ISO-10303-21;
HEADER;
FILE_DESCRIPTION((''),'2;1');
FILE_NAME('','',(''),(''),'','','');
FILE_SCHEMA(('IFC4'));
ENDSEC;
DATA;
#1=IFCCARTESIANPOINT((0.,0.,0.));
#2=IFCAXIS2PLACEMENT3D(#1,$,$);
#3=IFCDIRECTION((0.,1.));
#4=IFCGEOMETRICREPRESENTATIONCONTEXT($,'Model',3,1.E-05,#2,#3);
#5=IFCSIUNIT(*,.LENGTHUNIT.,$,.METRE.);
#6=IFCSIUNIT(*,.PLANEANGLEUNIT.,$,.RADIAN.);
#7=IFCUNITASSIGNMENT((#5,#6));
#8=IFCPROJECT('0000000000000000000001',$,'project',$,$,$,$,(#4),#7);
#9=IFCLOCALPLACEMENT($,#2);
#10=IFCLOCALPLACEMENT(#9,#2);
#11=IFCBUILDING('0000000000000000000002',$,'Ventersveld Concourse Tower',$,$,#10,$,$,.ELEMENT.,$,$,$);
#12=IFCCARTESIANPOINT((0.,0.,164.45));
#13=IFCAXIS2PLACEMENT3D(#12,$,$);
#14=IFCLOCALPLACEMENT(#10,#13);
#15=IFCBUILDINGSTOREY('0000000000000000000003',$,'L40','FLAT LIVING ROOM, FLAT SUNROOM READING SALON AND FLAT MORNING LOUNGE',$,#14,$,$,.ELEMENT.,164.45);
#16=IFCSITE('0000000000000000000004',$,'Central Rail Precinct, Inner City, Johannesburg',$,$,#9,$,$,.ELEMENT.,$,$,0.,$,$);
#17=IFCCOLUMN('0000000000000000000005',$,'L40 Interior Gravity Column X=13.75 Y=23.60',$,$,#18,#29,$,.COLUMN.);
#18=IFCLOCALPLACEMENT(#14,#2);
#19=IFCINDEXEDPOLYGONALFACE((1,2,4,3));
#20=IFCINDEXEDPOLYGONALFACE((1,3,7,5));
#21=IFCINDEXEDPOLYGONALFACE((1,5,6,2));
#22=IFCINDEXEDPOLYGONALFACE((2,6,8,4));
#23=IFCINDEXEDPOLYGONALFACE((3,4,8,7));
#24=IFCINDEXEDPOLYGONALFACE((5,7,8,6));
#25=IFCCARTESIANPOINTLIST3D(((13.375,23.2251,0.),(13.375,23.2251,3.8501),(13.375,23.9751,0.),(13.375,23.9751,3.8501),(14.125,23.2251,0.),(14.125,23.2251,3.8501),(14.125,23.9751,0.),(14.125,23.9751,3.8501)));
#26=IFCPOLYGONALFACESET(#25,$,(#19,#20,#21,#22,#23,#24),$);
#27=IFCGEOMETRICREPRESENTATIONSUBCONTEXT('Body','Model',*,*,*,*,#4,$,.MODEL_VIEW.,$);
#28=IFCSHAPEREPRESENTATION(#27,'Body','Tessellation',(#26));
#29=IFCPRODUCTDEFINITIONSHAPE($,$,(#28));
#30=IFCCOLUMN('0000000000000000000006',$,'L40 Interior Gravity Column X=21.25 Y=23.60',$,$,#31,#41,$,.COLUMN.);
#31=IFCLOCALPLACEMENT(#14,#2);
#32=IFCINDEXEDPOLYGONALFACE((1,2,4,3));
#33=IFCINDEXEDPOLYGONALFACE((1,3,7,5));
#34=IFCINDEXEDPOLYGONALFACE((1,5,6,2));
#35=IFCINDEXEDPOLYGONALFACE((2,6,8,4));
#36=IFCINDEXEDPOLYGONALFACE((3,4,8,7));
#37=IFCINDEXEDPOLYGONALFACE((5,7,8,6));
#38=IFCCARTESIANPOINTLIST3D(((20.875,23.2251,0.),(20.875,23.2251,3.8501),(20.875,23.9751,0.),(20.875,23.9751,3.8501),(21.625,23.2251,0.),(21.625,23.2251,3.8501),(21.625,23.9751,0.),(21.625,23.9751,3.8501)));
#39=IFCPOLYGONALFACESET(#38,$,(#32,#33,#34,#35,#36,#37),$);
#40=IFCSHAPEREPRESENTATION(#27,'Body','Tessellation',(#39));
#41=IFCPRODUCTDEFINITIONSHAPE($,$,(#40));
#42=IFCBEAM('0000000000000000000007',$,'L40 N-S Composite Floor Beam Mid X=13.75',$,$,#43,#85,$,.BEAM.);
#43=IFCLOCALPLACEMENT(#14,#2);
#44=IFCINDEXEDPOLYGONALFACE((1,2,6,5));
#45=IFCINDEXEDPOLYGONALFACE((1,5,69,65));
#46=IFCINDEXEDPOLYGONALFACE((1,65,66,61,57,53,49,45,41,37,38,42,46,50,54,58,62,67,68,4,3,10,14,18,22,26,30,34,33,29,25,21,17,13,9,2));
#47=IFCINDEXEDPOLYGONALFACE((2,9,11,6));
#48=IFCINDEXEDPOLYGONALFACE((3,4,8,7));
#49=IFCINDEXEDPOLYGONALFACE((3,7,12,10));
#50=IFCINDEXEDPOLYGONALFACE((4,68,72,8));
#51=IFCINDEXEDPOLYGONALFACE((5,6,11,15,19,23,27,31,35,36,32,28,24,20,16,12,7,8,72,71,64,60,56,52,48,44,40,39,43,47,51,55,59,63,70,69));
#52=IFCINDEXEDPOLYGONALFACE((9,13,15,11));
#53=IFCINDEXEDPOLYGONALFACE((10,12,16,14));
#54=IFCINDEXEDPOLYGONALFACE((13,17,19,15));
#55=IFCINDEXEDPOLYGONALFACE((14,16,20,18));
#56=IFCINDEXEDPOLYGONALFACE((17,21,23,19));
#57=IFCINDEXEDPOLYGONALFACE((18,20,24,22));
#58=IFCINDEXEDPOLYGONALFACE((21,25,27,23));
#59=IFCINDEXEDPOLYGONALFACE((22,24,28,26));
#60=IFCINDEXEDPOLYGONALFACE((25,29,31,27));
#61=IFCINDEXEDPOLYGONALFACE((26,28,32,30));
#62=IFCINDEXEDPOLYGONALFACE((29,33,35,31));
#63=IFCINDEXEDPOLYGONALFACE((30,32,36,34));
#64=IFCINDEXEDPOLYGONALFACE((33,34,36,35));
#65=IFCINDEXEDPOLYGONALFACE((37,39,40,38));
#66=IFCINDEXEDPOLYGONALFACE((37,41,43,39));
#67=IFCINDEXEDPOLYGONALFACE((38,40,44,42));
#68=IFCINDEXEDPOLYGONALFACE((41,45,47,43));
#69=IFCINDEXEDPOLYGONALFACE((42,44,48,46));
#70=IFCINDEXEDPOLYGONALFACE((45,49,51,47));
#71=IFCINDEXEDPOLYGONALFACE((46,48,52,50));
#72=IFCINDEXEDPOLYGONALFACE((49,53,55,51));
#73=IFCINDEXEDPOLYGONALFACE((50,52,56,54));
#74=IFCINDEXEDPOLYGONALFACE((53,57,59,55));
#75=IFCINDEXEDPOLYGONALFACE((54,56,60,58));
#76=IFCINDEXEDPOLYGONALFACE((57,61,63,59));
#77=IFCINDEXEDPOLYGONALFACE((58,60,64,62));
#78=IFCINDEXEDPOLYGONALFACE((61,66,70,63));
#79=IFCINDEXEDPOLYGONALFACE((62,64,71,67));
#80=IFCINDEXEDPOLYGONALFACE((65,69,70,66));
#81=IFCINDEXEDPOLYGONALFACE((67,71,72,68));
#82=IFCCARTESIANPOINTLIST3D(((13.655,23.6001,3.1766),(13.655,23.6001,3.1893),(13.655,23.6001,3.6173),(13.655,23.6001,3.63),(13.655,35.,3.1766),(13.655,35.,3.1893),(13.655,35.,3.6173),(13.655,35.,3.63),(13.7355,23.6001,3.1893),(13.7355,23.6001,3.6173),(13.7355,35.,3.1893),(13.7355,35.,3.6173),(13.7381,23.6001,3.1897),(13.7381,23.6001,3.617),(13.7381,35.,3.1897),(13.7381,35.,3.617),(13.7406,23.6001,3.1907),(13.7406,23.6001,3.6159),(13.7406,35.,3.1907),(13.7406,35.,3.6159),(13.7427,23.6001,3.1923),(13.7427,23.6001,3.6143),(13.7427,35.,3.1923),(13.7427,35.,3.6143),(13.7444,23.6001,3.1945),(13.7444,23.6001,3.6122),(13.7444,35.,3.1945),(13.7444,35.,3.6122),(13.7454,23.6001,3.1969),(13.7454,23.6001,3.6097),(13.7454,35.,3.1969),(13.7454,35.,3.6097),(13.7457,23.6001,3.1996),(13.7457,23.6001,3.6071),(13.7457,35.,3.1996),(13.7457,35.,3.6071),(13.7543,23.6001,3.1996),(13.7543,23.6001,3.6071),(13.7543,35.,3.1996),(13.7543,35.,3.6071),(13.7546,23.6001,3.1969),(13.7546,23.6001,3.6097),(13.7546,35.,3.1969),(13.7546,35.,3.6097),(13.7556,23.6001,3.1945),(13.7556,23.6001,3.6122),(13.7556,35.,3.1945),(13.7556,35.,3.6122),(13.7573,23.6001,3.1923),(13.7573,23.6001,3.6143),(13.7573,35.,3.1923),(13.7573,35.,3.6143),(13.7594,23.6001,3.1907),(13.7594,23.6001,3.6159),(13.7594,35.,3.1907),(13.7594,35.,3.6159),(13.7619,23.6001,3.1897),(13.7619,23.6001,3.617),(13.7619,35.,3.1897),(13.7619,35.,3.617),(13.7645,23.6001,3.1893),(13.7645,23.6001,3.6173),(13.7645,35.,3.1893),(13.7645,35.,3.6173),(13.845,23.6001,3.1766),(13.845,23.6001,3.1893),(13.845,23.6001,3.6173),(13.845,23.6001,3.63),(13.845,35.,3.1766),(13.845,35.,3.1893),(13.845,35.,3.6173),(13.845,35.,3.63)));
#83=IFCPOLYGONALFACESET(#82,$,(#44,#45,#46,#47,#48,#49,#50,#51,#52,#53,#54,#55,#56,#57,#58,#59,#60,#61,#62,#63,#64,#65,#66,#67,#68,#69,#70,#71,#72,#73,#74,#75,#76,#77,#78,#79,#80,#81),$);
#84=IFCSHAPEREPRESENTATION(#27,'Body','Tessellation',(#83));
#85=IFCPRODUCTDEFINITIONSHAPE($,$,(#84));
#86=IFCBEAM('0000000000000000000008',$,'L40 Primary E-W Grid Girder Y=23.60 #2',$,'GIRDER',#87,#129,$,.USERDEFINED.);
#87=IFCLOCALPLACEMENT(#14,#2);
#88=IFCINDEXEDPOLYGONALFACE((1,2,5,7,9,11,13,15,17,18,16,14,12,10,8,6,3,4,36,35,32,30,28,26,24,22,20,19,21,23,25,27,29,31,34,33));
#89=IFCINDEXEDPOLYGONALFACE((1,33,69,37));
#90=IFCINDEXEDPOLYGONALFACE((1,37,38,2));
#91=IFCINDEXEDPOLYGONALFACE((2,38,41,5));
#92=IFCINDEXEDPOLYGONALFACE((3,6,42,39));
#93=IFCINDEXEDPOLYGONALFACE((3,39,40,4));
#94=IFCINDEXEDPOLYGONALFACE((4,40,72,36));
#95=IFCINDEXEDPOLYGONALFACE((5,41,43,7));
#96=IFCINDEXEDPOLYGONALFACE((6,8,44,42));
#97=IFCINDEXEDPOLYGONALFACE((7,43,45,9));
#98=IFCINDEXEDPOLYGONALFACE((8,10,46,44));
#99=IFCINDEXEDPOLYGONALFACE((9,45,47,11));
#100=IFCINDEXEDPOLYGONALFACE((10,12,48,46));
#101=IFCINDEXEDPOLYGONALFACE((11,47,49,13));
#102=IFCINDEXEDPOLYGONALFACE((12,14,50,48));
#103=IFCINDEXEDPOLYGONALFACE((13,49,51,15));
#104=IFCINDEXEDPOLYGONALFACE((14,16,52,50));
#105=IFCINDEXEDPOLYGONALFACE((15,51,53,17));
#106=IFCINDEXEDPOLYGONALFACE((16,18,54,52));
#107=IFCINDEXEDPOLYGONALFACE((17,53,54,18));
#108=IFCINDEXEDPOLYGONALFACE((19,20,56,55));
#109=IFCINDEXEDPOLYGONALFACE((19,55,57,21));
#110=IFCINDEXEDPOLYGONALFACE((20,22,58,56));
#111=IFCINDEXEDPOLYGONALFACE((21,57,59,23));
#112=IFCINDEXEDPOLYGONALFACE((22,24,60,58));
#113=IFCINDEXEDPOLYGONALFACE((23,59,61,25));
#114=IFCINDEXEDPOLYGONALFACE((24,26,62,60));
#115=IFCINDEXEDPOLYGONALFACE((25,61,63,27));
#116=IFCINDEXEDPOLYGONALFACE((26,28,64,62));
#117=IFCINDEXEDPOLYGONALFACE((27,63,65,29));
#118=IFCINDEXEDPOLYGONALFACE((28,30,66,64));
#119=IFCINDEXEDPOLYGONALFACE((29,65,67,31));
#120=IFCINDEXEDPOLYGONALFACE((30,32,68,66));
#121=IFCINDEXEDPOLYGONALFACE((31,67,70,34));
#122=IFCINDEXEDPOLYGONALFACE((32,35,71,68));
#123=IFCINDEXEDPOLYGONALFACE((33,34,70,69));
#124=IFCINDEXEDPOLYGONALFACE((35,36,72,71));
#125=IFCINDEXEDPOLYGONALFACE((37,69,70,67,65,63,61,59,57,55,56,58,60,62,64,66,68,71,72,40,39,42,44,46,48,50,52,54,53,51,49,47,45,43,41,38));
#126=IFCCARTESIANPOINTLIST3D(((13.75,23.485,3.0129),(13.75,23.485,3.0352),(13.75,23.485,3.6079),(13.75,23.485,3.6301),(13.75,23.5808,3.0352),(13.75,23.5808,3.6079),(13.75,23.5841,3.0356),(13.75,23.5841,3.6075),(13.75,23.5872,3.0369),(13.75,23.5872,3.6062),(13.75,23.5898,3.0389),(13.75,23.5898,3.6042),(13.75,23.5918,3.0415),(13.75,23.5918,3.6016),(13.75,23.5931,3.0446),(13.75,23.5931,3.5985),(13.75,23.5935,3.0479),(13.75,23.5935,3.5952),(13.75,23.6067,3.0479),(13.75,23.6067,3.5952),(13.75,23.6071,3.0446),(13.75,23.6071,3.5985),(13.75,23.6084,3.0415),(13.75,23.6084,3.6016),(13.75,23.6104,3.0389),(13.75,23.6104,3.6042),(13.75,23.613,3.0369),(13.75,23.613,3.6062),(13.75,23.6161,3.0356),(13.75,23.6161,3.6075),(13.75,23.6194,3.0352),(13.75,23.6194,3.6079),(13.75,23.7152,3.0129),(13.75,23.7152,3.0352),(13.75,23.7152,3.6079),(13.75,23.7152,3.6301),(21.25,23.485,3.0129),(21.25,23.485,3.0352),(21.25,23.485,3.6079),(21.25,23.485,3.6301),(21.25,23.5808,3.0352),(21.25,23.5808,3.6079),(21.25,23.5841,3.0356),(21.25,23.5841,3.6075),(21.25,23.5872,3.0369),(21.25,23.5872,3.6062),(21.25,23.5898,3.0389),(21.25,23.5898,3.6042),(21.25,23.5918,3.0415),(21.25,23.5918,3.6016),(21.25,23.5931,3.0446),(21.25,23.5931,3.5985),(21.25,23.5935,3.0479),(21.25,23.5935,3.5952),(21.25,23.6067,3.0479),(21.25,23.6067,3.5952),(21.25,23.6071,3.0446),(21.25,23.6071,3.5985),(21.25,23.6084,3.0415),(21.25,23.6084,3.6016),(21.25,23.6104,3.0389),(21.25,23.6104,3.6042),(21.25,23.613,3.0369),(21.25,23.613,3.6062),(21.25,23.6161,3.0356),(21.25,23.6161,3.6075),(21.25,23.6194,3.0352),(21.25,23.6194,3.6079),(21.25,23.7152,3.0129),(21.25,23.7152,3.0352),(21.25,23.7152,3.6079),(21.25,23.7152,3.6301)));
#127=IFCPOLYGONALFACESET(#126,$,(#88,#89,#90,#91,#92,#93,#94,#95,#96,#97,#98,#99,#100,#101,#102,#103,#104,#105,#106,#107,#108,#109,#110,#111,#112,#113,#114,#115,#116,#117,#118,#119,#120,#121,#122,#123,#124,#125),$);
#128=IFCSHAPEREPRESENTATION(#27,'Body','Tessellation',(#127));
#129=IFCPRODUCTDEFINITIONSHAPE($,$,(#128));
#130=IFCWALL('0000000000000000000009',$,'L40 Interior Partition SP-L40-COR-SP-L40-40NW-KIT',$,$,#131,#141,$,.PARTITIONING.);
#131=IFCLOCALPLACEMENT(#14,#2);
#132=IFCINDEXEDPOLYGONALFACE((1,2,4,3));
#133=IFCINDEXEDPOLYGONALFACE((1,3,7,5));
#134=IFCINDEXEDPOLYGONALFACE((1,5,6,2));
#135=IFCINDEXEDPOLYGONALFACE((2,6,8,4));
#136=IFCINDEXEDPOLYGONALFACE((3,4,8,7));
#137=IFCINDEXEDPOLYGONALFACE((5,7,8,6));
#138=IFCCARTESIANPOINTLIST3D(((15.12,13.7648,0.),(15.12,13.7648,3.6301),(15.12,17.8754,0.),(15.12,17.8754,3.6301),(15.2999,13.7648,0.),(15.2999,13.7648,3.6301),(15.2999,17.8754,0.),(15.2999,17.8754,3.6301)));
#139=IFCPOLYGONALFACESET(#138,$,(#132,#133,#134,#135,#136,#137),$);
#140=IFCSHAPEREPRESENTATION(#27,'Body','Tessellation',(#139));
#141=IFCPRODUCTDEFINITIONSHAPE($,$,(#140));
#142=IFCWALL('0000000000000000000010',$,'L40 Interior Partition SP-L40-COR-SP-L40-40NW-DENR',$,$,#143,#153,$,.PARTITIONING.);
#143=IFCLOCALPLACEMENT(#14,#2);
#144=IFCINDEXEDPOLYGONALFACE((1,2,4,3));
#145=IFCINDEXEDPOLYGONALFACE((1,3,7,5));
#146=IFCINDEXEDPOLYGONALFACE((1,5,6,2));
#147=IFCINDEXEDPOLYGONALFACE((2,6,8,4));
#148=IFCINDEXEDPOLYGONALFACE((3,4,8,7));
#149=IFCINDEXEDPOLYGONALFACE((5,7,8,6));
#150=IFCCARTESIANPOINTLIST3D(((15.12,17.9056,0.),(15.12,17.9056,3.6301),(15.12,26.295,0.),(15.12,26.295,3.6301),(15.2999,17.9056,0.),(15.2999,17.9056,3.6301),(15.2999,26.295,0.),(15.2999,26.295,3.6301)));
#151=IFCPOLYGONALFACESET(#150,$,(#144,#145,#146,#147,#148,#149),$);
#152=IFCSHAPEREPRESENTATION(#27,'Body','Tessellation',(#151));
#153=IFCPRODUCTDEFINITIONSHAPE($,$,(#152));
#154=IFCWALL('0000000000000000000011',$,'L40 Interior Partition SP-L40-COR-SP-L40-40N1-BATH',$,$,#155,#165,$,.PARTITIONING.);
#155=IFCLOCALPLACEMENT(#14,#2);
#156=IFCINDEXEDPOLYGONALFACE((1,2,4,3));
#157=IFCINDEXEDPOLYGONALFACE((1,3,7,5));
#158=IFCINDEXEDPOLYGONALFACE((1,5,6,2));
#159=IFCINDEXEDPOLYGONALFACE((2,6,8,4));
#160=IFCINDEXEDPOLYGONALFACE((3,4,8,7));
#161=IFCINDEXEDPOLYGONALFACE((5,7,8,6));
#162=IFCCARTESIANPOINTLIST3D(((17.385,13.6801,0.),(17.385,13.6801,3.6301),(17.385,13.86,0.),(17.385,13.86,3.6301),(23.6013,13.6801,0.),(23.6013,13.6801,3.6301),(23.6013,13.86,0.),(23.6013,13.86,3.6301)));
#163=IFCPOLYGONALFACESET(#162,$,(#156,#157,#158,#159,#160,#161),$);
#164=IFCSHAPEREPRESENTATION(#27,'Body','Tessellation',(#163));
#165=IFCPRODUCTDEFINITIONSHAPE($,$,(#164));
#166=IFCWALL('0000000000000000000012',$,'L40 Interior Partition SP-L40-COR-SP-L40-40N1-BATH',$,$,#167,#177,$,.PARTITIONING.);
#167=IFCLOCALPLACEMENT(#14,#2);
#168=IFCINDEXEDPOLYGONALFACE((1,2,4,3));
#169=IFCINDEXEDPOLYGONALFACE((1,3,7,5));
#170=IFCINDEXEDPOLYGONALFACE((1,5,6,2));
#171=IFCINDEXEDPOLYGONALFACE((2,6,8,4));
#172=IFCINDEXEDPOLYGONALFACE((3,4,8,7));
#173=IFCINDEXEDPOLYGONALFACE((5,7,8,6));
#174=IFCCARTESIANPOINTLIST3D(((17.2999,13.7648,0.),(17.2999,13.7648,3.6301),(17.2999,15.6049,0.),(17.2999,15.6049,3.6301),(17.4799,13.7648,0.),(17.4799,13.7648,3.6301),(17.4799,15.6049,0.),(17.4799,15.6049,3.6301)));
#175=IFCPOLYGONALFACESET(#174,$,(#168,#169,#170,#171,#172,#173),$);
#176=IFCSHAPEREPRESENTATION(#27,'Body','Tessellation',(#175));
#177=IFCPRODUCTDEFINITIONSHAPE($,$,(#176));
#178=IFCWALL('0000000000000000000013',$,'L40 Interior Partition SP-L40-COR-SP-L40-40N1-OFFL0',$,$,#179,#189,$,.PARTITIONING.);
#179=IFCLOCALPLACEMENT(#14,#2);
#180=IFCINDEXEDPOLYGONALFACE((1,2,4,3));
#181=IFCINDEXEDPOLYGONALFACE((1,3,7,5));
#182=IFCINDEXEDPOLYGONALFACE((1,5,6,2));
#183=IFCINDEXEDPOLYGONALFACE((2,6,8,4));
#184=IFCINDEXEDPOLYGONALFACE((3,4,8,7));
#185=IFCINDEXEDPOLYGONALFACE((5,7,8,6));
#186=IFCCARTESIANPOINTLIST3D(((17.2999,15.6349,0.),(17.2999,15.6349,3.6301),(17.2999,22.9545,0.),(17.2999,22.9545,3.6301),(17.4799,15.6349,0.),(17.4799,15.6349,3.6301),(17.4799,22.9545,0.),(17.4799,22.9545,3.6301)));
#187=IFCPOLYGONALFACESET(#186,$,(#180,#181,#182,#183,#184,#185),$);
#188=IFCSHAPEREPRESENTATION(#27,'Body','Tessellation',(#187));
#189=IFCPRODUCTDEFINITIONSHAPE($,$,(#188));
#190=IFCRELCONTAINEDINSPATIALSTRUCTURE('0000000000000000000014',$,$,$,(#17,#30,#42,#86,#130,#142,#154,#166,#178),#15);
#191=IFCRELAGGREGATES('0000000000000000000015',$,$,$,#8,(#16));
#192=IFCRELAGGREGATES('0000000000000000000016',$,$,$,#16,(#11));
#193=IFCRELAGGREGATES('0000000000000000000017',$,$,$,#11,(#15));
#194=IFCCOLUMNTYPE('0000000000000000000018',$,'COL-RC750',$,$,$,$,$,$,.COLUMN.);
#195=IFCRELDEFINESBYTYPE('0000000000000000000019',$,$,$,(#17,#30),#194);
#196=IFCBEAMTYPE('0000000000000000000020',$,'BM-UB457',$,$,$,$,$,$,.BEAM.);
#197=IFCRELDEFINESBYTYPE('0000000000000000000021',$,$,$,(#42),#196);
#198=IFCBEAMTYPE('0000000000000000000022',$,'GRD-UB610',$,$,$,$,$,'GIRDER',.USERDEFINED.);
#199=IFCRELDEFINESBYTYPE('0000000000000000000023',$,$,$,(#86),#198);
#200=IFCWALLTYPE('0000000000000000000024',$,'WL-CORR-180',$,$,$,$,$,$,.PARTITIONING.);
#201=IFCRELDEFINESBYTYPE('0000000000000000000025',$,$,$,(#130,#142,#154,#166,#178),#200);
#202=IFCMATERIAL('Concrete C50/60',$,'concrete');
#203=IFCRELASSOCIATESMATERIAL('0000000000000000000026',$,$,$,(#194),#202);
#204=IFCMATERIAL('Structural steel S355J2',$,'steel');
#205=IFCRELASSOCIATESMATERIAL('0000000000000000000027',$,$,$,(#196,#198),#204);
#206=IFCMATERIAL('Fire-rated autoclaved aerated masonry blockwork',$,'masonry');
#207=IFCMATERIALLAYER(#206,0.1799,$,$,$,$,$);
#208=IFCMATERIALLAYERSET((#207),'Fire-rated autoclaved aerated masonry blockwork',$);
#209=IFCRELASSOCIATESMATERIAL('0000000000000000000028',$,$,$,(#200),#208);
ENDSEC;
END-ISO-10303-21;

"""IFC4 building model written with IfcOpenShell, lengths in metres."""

from ifc_helpers import new_model, si_unit, direction, frame, frame_2d, origin, origin_2d, place, context, subcontext, project, spatial, rectangle, i_section, extrude, material, layer, layer_set, material_profile, profile_set, type_object, element, save


model = new_model("IFC4")

# Units and contexts
model_context = context("Model", 3, precision=1e-05, world=origin(), true_north=direction((0.0, 1.0)))
body_context = subcontext(model_context, "Body", "Model", "MODEL_VIEW")
ifc_project = project(units=[si_unit("LENGTHUNIT", "METRE"), si_unit("PLANEANGLEUNIT", "RADIAN")], contexts=[model_context])

# Site, building, storey
site_placement = place(None, origin())
site = spatial("IfcSite", under=ifc_project, at=site_placement, Name="Central Rail Precinct, Inner City, Johannesburg", CompositionType="ELEMENT", RefElevation=0.0)
building_placement = place(site_placement, origin())
building = spatial("IfcBuilding", under=site, at=building_placement, Name="Ventersveld Concourse Tower", CompositionType="ELEMENT")
storey_placement = place(building_placement, frame((0.0, 0.0, 164.45)))
storey = spatial("IfcBuildingStorey", under=building, at=storey_placement, Name="L40", Description="FLAT LIVING ROOM, FLAT SUNROOM READING SALON AND FLAT MORNING LOUNGE", CompositionType="ELEMENT", Elevation=164.45)

# Columns
ifc_material_1 = material(Name="Concrete C50/60", Category="concrete")
ifc_material_profile_1 = material_profile(ifc_material_1, rectangle(XDim=0.75, YDim=0.75, at=origin_2d()), Name="RC 750x750")
ifc_profile_set_1 = profile_set([ifc_material_profile_1], Name="Concrete C50/60")
column_type = type_object("IfcColumnType", Name="COL-RC750", PredefinedType="COLUMN", material=ifc_profile_set_1)
for number, where, z_axis, x_axis, name in (
    (1, (13.75, 23.6001, 0.0), (0.0, 0.0, 1.0), (1.0, 0.0, 0.0), "L40 Interior Gravity Column X=13.75 Y=23.60"),
    (2, (21.25, 23.6001, 0.0), (0.0, 0.0, 1.0), (1.0, 0.0, 0.0), "L40 Interior Gravity Column X=21.25 Y=23.60"),
):
    element("IfcColumn", number, at=place(storey_placement, frame(where, z_axis=z_axis, x_axis=x_axis)), inside=storey, type_object=column_type, Name=name, PredefinedType="COLUMN", context=body_context, shape_type="SweptSolid", body=[
        extrude(rectangle(XDim=0.75, YDim=0.75, at=origin_2d()), origin(), (0.0, 0.0, 1.0), 3.8501),
    ])

# Beams
ifc_material_2 = material(Name="Structural steel S355J2", Category="steel")
ifc_material_profile_2 = material_profile(ifc_material_2, i_section(OverallWidth=0.1899, OverallDepth=0.4534, WebThickness=0.0085, FlangeThickness=0.0127, FilletRadius=0.0103, at=origin_2d()), Name="UB 457x191x67")
ifc_profile_set_2 = profile_set([ifc_material_profile_2], Name="Structural steel S355J2")
beam_type_1 = type_object("IfcBeamType", Name="BM-UB457", PredefinedType="BEAM", material=ifc_profile_set_2)
beam_1_placement = place(storey_placement, frame((13.75, 23.6001, 3.4033), z_axis=(0.0, 1.0, 0.0), x_axis=(-1.0, 0.0, 0.0)))
element("IfcBeam", 3, at=beam_1_placement, inside=storey, type_object=beam_type_1, Name="L40 N-S Composite Floor Beam Mid X=13.75", PredefinedType="BEAM", context=body_context, shape_type="SweptSolid", body=[
    extrude(i_section(OverallWidth=0.1899, OverallDepth=0.4534, WebThickness=0.0085, FlangeThickness=0.0127, FilletRadius=0.0103, at=origin_2d()), origin(), (0.0, 0.0, 1.0), 11.3999),
])
ifc_material_profile_3 = material_profile(ifc_material_2, i_section(OverallWidth=0.2302, OverallDepth=0.6172, WebThickness=0.0132, FlangeThickness=0.0222, FilletRadius=0.0127, at=origin_2d()), Name="UB 610x229x140")
ifc_profile_set_3 = profile_set([ifc_material_profile_3], Name="Structural steel S355J2")
beam_type_2 = type_object("IfcBeamType", Name="GRD-UB610", ElementType="GIRDER", PredefinedType="USERDEFINED", material=ifc_profile_set_3)
beam_2_placement = place(storey_placement, frame((13.75, 23.6001, 3.3215), z_axis=(1.0, 0.0, 0.0), x_axis=(0.0, 1.0, 0.0)))
element("IfcBeam", 4, at=beam_2_placement, inside=storey, type_object=beam_type_2, Name="L40 Primary E-W Grid Girder Y=23.60 #2", ObjectType="GIRDER", PredefinedType="USERDEFINED", context=body_context, shape_type="SweptSolid", body=[
    extrude(i_section(OverallWidth=0.2302, OverallDepth=0.6172, WebThickness=0.0132, FlangeThickness=0.0222, FilletRadius=0.0127, at=origin_2d()), origin(), (0.0, 0.0, 1.0), 7.5),
])

# Walls
ifc_material_3 = material(Name="Fire-rated autoclaved aerated masonry blockwork", Category="masonry")
ifc_layer_1 = layer(ifc_material_3, 0.1799)
ifc_layer_set_1 = layer_set([ifc_layer_1], Name="Fire-rated autoclaved aerated masonry blockwork")
wall_type_1 = type_object("IfcWallType", Name="WL-CORR-180", PredefinedType="PARTITIONING", material=ifc_layer_set_1)
wall_1_placement = place(storey_placement, frame((15.21, 13.7649, 0.0), z_axis=(0.0, 0.0, 1.0), x_axis=(0.0, 1.0, 0.0)))
element("IfcWall", 5, at=wall_1_placement, inside=storey, type_object=wall_type_1, Name="L40 Interior Partition SP-L40-COR-SP-L40-40NW-KIT", PredefinedType="PARTITIONING", context=body_context, shape_type="SweptSolid", body=[
    extrude(rectangle(XDim=4.1106, YDim=0.1799, at=frame_2d((2.0552, 0.0))), origin(), (0.0, 0.0, 1.0), 3.6301),
])
wall_2_placement = place(storey_placement, frame((15.21, 17.9055, 0.0), z_axis=(0.0, 0.0, 1.0), x_axis=(0.0, 1.0, 0.0)))
element("IfcWall", 6, at=wall_2_placement, inside=storey, type_object=wall_type_1, Name="L40 Interior Partition SP-L40-COR-SP-L40-40NW-DENR", PredefinedType="PARTITIONING", context=body_context, shape_type="SweptSolid", body=[
    extrude(rectangle(XDim=8.3894, YDim=0.1799, at=frame_2d((4.1948, 0.0))), origin(), (0.0, 0.0, 1.0), 3.6301),
])

# Walls
wall_3_placement = place(storey_placement, frame((17.385, 13.77, 0.0), z_axis=(0.0, 0.0, 1.0), x_axis=(1.0, 0.0, 0.0)))
element("IfcWall", 7, at=wall_3_placement, inside=storey, type_object=wall_type_1, Name="L40 Interior Partition SP-L40-COR-SP-L40-40N1-BATH", PredefinedType="PARTITIONING", context=body_context, shape_type="SweptSolid", body=[
    extrude(rectangle(XDim=6.2163, YDim=0.1799, at=frame_2d((3.1082, 0.0))), origin(), (0.0, 0.0, 1.0), 3.6301),
])
wall_4_placement = place(storey_placement, frame((17.3899, 13.7649, 0.0), z_axis=(0.0, 0.0, 1.0), x_axis=(0.0, 1.0, 0.0)))
element("IfcWall", 8, at=wall_4_placement, inside=storey, type_object=wall_type_1, Name="L40 Interior Partition SP-L40-COR-SP-L40-40N1-BATH", PredefinedType="PARTITIONING", context=body_context, shape_type="SweptSolid", body=[
    extrude(rectangle(XDim=1.8401, YDim=0.1799, at=frame_2d((0.9199, 0.0))), origin(), (0.0, 0.0, 1.0), 3.6301),
])
wall_5_placement = place(storey_placement, frame((17.3899, 15.635, 0.0), z_axis=(0.0, 0.0, 1.0), x_axis=(0.0, 1.0, 0.0)))
element("IfcWall", 9, at=wall_5_placement, inside=storey, type_object=wall_type_1, Name="L40 Interior Partition SP-L40-COR-SP-L40-40N1-OFFL0", PredefinedType="PARTITIONING", context=body_context, shape_type="SweptSolid", body=[
    extrude(rectangle(XDim=7.3196, YDim=0.1799, at=frame_2d((3.6597, 0.0))), origin(), (0.0, 0.0, 1.0), 3.6301),
])

save(model, "model.ifc")
